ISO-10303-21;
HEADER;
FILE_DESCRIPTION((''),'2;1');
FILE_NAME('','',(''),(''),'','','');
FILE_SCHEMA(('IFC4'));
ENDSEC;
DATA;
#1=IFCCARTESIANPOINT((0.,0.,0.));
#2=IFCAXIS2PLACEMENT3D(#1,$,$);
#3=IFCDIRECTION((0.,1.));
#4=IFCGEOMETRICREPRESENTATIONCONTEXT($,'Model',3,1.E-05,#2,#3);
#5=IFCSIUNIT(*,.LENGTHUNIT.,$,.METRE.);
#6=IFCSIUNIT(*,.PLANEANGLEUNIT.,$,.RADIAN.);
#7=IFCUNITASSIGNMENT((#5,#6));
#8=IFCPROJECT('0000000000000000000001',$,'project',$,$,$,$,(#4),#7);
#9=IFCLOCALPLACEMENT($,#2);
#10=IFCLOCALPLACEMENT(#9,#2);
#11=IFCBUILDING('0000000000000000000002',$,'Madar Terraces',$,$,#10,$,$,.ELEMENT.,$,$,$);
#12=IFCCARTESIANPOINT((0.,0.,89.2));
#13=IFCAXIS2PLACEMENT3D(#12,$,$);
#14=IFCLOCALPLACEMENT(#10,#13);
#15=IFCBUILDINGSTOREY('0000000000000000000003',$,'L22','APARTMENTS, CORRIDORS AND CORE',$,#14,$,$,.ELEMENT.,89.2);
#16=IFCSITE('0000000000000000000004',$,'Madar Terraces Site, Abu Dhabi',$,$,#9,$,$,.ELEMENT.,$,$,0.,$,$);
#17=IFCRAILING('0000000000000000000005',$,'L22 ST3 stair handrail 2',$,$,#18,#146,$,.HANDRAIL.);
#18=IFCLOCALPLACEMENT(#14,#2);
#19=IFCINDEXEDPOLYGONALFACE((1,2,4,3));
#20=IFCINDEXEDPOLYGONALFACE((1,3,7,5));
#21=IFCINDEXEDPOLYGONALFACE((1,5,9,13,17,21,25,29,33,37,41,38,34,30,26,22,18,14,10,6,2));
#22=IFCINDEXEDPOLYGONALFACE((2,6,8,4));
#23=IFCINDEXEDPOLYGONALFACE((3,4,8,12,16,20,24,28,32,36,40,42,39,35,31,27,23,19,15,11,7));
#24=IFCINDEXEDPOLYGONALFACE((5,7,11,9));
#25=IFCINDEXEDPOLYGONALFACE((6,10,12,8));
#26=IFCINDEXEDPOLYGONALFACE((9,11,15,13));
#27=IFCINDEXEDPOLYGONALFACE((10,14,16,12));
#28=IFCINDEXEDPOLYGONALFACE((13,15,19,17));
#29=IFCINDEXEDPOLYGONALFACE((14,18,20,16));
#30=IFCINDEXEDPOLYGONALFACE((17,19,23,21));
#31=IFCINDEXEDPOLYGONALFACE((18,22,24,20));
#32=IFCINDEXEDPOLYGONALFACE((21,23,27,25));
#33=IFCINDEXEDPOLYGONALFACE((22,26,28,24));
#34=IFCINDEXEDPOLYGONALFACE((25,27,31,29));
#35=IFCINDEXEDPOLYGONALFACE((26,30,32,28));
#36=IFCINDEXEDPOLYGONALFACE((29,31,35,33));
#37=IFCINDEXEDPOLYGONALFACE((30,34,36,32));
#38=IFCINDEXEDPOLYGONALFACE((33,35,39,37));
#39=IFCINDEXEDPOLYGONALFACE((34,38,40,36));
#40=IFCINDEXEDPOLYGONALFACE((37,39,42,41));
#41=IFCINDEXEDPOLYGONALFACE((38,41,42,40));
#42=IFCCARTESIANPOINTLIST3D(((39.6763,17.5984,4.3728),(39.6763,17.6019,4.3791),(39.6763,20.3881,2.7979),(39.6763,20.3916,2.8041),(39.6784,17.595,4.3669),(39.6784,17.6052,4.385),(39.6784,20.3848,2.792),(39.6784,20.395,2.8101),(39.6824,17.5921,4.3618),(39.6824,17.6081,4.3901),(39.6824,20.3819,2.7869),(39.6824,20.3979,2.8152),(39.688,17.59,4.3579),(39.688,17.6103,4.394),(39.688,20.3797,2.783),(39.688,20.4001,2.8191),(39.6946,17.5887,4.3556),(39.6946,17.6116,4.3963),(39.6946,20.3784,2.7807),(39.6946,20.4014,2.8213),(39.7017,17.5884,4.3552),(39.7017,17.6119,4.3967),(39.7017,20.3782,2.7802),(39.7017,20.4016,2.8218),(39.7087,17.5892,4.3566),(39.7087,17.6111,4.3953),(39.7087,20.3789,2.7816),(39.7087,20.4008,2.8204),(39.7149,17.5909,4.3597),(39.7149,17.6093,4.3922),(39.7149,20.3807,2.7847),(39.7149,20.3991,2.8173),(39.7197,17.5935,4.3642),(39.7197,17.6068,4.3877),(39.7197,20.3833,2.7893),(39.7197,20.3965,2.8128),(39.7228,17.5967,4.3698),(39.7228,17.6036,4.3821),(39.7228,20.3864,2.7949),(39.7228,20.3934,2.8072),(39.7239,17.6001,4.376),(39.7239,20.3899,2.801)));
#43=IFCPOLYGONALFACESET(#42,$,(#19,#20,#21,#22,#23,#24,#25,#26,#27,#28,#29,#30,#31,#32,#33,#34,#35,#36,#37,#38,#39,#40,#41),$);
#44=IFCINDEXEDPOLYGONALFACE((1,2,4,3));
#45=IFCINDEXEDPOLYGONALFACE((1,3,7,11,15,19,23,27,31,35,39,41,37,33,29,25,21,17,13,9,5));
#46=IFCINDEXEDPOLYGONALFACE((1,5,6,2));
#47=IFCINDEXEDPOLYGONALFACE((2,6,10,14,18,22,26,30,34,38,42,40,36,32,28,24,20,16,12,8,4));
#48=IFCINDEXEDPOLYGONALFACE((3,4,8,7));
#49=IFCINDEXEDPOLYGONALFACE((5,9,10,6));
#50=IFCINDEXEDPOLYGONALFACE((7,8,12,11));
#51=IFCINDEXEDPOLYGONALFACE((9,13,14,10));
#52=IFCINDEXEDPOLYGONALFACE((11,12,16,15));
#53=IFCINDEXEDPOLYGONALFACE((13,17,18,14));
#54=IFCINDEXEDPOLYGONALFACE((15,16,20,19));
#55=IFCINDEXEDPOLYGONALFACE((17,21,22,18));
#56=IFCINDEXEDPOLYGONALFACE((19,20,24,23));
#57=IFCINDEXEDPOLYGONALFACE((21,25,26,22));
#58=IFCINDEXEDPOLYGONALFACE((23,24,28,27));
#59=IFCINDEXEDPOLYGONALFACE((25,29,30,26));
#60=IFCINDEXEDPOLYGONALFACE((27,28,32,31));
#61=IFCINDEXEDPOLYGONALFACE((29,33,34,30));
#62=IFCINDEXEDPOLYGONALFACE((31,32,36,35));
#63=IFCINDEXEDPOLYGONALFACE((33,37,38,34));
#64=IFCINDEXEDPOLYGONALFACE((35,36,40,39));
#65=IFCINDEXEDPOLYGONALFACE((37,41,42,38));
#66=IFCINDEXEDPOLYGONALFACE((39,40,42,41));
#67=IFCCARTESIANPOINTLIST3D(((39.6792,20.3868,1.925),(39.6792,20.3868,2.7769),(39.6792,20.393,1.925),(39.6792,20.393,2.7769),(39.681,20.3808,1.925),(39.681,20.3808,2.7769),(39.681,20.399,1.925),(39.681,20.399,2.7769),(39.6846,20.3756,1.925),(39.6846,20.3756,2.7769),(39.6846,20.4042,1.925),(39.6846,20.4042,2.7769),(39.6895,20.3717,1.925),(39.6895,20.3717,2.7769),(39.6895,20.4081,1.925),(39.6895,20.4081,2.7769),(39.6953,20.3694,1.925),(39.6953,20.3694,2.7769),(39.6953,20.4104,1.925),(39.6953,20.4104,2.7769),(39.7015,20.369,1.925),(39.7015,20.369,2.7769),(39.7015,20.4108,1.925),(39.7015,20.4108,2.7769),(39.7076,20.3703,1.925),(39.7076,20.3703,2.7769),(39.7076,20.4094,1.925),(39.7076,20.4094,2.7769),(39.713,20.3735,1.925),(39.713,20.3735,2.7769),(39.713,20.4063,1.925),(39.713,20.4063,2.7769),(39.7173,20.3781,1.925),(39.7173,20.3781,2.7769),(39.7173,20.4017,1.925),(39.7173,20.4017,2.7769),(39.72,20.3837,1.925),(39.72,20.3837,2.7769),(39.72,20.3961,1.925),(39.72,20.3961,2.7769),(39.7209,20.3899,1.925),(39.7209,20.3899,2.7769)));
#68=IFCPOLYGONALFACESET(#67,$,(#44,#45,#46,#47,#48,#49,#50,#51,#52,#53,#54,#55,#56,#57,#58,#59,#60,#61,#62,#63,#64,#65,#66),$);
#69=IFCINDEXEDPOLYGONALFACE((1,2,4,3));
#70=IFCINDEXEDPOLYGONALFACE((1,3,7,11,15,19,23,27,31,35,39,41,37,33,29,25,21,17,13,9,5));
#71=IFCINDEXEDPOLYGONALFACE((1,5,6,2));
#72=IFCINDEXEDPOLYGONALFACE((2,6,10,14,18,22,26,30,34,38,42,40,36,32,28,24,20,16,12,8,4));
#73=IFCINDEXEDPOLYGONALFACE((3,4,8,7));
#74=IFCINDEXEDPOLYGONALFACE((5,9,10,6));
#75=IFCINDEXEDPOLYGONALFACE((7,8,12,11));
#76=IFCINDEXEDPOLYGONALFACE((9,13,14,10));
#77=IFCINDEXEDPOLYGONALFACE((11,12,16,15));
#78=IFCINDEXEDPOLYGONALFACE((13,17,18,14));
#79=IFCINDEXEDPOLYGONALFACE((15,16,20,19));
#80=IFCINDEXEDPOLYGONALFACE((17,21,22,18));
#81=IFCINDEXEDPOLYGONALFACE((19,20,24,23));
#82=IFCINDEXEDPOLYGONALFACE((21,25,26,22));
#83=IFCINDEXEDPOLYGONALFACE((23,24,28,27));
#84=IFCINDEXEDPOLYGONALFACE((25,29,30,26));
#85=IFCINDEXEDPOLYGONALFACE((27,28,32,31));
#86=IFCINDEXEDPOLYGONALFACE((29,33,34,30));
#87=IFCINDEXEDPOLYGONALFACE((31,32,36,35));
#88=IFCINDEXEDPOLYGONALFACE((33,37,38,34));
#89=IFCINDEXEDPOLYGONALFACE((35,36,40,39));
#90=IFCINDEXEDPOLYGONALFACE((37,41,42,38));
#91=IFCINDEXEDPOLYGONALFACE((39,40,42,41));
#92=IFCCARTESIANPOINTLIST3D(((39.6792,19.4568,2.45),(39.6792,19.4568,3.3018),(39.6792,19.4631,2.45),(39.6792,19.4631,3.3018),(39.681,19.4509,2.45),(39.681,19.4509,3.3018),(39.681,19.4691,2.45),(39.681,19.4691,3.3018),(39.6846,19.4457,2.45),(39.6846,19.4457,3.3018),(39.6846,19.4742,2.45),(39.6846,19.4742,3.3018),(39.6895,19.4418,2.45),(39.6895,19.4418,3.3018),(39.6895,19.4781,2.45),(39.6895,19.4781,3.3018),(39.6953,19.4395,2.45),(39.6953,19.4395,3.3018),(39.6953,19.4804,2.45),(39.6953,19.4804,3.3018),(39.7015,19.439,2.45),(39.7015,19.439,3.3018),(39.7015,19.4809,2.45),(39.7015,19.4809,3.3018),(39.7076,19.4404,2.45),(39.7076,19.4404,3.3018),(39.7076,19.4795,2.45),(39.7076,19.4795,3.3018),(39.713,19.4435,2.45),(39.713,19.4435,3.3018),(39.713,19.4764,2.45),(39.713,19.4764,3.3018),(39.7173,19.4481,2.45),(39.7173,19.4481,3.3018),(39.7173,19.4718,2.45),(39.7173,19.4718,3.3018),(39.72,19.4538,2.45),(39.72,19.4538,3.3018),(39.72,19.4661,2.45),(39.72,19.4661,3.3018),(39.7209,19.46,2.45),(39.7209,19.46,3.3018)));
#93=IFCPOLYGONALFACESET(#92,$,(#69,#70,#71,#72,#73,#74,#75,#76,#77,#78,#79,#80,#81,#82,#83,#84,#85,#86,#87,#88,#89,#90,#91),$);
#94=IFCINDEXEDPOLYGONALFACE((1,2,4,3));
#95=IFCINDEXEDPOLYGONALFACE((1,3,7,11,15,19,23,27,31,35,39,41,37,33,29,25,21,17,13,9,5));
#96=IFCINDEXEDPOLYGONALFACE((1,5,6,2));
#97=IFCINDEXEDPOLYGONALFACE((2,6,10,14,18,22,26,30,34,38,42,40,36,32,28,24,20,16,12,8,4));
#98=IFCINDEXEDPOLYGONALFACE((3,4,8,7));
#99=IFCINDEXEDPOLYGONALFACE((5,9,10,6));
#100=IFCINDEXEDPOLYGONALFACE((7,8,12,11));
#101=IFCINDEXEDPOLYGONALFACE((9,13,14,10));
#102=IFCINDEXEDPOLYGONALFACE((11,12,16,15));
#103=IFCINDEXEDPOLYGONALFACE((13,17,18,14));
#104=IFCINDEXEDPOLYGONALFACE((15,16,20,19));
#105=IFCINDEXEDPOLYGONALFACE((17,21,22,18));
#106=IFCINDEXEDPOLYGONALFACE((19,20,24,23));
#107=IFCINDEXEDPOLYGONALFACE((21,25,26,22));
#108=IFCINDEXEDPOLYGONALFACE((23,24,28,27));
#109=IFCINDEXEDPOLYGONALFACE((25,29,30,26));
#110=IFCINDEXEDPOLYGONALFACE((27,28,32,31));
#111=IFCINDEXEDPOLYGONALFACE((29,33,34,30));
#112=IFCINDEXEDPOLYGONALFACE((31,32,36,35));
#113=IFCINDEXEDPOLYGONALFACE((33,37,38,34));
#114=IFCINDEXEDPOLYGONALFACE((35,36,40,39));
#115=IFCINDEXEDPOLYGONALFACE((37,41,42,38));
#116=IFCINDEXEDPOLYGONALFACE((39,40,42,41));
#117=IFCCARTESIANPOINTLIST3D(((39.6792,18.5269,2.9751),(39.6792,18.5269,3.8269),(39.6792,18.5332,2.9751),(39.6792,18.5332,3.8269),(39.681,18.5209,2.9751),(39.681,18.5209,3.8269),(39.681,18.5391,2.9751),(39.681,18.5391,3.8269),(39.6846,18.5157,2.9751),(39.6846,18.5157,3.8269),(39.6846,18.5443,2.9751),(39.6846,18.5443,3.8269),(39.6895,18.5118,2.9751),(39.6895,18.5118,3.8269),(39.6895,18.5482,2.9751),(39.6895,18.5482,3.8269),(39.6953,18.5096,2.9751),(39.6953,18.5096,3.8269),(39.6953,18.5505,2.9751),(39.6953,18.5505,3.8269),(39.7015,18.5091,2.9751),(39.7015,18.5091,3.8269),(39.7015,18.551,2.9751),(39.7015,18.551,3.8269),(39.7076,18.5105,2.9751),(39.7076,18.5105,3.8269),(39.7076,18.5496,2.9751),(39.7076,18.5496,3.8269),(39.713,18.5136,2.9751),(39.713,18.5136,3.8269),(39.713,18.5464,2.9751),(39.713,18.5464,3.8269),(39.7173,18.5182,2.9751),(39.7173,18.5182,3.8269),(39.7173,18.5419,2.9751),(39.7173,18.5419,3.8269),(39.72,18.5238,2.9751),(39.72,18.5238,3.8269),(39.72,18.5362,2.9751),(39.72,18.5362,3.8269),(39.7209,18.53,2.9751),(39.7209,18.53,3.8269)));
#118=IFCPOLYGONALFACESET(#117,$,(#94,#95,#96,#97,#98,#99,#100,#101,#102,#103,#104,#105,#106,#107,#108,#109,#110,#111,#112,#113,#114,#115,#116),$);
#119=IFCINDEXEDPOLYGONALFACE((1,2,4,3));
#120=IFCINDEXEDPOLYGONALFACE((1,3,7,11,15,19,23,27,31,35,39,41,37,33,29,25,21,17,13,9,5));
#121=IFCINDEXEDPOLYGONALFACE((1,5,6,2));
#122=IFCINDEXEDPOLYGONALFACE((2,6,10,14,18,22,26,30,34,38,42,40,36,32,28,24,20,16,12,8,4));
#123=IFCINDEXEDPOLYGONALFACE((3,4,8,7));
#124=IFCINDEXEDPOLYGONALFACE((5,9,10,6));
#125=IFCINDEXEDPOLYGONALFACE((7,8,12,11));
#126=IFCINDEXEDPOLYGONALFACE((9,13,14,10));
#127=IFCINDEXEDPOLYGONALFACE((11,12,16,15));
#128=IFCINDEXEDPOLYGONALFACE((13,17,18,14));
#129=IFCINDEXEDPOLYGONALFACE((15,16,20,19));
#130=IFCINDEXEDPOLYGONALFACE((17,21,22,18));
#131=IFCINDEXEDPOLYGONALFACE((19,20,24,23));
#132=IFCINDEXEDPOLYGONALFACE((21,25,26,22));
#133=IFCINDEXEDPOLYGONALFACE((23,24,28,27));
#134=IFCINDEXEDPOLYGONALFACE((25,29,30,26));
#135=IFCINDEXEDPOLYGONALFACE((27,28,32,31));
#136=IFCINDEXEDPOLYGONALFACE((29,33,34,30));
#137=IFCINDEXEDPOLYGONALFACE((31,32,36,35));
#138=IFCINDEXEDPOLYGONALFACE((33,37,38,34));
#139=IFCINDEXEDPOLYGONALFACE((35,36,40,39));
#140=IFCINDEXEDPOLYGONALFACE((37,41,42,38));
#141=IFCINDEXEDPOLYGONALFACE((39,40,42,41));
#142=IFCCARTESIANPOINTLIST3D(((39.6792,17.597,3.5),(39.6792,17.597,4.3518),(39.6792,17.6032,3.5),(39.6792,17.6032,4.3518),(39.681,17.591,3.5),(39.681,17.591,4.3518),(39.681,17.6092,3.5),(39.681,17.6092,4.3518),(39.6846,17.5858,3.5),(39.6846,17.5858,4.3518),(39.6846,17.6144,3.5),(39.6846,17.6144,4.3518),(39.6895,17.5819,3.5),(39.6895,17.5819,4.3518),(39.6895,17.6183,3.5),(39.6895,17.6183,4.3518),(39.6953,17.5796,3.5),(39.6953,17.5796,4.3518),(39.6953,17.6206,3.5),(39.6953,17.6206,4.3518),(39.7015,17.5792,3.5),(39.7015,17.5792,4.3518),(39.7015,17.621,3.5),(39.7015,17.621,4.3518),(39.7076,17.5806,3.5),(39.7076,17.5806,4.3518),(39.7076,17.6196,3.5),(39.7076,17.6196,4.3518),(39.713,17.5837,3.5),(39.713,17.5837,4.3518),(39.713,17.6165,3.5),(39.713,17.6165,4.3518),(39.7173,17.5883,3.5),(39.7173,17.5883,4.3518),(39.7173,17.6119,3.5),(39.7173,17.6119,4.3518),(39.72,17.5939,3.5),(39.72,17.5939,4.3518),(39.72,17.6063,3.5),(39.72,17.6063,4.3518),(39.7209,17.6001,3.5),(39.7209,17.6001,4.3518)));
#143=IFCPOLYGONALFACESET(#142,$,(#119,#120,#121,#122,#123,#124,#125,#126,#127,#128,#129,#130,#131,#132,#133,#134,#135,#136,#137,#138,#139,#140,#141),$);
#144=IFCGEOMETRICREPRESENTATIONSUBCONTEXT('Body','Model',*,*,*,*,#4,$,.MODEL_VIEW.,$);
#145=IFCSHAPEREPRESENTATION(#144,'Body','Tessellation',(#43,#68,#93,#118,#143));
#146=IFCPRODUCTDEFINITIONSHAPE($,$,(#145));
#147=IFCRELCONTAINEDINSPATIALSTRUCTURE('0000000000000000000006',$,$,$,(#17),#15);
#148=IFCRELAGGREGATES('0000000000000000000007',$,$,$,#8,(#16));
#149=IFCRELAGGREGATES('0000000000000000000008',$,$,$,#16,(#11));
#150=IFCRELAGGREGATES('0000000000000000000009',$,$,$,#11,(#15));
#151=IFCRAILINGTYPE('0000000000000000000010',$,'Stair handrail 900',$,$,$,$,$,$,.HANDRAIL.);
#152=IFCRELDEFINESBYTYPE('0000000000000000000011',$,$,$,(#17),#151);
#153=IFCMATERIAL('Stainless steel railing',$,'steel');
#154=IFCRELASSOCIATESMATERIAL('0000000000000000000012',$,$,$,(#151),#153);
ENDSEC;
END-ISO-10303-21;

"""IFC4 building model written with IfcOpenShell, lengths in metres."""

from ifc_helpers import new_model, si_unit, direction, frame, origin, origin_2d, place, context, subcontext, project, spatial, circle, extrude, material, type_object, element, save


model = new_model("IFC4")

# Units and contexts
model_context = context("Model", 3, precision=1e-05, world=origin(), true_north=direction((0.0, 1.0)))
body_context = subcontext(model_context, "Body", "Model", "MODEL_VIEW")
ifc_project = project(units=[si_unit("LENGTHUNIT", "METRE"), si_unit("PLANEANGLEUNIT", "RADIAN")], contexts=[model_context])

# Site, building, storey
site_placement = place(None, origin())
site = spatial("IfcSite", under=ifc_project, at=site_placement, Name="Madar Terraces Site, Abu Dhabi", CompositionType="ELEMENT", RefElevation=0.0)
building_placement = place(site_placement, origin())
building = spatial("IfcBuilding", under=site, at=building_placement, Name="Madar Terraces", CompositionType="ELEMENT")
storey_placement = place(building_placement, frame((0.0, 0.0, 89.2)))
storey = spatial("IfcBuildingStorey", under=building, at=storey_placement, Name="L22", Description="APARTMENTS, CORRIDORS AND CORE", CompositionType="ELEMENT", Elevation=89.2)

# Railing
ifc_material_1 = material(Name="Stainless steel railing", Category="steel")
railing_type_1 = type_object("IfcRailingType", Name="Stair handrail 900", PredefinedType="HANDRAIL", material=ifc_material_1)
railing_1_placement = place(storey_placement, frame((39.7, 20.3899, 1.925)))
element("IfcRailing", 1, at=railing_1_placement, inside=storey, type_object=railing_type_1, Name="L22 ST3 stair handrail 2", PredefinedType="HANDRAIL", context=body_context, shape_type="SweptSolid", body=[
    extrude(circle(Radius=0.0239, at=origin_2d()), frame((0.0, 0.0, 0.876), z_axis=(0.0, -0.870815, 0.49161), x_axis=(1.0, 0.0, 0.0)), (0.0, 0.0, 1.0), 3.2036),
    extrude(circle(Radius=0.021, at=origin_2d()), origin(), (0.0, 0.0, 1.0), 0.8518),
    extrude(circle(Radius=0.021, at=origin_2d()), frame((0.0, -0.9299, 0.5249)), (0.0, 0.0, 1.0), 0.8518),
    extrude(circle(Radius=0.021, at=origin_2d()), frame((0.0, -1.8599, 1.05)), (0.0, 0.0, 1.0), 0.8518),
    extrude(circle(Radius=0.021, at=origin_2d()), frame((0.0, -2.7898, 1.575)), (0.0, 0.0, 1.0), 0.8518),
])

save(model, "model.ifc")
